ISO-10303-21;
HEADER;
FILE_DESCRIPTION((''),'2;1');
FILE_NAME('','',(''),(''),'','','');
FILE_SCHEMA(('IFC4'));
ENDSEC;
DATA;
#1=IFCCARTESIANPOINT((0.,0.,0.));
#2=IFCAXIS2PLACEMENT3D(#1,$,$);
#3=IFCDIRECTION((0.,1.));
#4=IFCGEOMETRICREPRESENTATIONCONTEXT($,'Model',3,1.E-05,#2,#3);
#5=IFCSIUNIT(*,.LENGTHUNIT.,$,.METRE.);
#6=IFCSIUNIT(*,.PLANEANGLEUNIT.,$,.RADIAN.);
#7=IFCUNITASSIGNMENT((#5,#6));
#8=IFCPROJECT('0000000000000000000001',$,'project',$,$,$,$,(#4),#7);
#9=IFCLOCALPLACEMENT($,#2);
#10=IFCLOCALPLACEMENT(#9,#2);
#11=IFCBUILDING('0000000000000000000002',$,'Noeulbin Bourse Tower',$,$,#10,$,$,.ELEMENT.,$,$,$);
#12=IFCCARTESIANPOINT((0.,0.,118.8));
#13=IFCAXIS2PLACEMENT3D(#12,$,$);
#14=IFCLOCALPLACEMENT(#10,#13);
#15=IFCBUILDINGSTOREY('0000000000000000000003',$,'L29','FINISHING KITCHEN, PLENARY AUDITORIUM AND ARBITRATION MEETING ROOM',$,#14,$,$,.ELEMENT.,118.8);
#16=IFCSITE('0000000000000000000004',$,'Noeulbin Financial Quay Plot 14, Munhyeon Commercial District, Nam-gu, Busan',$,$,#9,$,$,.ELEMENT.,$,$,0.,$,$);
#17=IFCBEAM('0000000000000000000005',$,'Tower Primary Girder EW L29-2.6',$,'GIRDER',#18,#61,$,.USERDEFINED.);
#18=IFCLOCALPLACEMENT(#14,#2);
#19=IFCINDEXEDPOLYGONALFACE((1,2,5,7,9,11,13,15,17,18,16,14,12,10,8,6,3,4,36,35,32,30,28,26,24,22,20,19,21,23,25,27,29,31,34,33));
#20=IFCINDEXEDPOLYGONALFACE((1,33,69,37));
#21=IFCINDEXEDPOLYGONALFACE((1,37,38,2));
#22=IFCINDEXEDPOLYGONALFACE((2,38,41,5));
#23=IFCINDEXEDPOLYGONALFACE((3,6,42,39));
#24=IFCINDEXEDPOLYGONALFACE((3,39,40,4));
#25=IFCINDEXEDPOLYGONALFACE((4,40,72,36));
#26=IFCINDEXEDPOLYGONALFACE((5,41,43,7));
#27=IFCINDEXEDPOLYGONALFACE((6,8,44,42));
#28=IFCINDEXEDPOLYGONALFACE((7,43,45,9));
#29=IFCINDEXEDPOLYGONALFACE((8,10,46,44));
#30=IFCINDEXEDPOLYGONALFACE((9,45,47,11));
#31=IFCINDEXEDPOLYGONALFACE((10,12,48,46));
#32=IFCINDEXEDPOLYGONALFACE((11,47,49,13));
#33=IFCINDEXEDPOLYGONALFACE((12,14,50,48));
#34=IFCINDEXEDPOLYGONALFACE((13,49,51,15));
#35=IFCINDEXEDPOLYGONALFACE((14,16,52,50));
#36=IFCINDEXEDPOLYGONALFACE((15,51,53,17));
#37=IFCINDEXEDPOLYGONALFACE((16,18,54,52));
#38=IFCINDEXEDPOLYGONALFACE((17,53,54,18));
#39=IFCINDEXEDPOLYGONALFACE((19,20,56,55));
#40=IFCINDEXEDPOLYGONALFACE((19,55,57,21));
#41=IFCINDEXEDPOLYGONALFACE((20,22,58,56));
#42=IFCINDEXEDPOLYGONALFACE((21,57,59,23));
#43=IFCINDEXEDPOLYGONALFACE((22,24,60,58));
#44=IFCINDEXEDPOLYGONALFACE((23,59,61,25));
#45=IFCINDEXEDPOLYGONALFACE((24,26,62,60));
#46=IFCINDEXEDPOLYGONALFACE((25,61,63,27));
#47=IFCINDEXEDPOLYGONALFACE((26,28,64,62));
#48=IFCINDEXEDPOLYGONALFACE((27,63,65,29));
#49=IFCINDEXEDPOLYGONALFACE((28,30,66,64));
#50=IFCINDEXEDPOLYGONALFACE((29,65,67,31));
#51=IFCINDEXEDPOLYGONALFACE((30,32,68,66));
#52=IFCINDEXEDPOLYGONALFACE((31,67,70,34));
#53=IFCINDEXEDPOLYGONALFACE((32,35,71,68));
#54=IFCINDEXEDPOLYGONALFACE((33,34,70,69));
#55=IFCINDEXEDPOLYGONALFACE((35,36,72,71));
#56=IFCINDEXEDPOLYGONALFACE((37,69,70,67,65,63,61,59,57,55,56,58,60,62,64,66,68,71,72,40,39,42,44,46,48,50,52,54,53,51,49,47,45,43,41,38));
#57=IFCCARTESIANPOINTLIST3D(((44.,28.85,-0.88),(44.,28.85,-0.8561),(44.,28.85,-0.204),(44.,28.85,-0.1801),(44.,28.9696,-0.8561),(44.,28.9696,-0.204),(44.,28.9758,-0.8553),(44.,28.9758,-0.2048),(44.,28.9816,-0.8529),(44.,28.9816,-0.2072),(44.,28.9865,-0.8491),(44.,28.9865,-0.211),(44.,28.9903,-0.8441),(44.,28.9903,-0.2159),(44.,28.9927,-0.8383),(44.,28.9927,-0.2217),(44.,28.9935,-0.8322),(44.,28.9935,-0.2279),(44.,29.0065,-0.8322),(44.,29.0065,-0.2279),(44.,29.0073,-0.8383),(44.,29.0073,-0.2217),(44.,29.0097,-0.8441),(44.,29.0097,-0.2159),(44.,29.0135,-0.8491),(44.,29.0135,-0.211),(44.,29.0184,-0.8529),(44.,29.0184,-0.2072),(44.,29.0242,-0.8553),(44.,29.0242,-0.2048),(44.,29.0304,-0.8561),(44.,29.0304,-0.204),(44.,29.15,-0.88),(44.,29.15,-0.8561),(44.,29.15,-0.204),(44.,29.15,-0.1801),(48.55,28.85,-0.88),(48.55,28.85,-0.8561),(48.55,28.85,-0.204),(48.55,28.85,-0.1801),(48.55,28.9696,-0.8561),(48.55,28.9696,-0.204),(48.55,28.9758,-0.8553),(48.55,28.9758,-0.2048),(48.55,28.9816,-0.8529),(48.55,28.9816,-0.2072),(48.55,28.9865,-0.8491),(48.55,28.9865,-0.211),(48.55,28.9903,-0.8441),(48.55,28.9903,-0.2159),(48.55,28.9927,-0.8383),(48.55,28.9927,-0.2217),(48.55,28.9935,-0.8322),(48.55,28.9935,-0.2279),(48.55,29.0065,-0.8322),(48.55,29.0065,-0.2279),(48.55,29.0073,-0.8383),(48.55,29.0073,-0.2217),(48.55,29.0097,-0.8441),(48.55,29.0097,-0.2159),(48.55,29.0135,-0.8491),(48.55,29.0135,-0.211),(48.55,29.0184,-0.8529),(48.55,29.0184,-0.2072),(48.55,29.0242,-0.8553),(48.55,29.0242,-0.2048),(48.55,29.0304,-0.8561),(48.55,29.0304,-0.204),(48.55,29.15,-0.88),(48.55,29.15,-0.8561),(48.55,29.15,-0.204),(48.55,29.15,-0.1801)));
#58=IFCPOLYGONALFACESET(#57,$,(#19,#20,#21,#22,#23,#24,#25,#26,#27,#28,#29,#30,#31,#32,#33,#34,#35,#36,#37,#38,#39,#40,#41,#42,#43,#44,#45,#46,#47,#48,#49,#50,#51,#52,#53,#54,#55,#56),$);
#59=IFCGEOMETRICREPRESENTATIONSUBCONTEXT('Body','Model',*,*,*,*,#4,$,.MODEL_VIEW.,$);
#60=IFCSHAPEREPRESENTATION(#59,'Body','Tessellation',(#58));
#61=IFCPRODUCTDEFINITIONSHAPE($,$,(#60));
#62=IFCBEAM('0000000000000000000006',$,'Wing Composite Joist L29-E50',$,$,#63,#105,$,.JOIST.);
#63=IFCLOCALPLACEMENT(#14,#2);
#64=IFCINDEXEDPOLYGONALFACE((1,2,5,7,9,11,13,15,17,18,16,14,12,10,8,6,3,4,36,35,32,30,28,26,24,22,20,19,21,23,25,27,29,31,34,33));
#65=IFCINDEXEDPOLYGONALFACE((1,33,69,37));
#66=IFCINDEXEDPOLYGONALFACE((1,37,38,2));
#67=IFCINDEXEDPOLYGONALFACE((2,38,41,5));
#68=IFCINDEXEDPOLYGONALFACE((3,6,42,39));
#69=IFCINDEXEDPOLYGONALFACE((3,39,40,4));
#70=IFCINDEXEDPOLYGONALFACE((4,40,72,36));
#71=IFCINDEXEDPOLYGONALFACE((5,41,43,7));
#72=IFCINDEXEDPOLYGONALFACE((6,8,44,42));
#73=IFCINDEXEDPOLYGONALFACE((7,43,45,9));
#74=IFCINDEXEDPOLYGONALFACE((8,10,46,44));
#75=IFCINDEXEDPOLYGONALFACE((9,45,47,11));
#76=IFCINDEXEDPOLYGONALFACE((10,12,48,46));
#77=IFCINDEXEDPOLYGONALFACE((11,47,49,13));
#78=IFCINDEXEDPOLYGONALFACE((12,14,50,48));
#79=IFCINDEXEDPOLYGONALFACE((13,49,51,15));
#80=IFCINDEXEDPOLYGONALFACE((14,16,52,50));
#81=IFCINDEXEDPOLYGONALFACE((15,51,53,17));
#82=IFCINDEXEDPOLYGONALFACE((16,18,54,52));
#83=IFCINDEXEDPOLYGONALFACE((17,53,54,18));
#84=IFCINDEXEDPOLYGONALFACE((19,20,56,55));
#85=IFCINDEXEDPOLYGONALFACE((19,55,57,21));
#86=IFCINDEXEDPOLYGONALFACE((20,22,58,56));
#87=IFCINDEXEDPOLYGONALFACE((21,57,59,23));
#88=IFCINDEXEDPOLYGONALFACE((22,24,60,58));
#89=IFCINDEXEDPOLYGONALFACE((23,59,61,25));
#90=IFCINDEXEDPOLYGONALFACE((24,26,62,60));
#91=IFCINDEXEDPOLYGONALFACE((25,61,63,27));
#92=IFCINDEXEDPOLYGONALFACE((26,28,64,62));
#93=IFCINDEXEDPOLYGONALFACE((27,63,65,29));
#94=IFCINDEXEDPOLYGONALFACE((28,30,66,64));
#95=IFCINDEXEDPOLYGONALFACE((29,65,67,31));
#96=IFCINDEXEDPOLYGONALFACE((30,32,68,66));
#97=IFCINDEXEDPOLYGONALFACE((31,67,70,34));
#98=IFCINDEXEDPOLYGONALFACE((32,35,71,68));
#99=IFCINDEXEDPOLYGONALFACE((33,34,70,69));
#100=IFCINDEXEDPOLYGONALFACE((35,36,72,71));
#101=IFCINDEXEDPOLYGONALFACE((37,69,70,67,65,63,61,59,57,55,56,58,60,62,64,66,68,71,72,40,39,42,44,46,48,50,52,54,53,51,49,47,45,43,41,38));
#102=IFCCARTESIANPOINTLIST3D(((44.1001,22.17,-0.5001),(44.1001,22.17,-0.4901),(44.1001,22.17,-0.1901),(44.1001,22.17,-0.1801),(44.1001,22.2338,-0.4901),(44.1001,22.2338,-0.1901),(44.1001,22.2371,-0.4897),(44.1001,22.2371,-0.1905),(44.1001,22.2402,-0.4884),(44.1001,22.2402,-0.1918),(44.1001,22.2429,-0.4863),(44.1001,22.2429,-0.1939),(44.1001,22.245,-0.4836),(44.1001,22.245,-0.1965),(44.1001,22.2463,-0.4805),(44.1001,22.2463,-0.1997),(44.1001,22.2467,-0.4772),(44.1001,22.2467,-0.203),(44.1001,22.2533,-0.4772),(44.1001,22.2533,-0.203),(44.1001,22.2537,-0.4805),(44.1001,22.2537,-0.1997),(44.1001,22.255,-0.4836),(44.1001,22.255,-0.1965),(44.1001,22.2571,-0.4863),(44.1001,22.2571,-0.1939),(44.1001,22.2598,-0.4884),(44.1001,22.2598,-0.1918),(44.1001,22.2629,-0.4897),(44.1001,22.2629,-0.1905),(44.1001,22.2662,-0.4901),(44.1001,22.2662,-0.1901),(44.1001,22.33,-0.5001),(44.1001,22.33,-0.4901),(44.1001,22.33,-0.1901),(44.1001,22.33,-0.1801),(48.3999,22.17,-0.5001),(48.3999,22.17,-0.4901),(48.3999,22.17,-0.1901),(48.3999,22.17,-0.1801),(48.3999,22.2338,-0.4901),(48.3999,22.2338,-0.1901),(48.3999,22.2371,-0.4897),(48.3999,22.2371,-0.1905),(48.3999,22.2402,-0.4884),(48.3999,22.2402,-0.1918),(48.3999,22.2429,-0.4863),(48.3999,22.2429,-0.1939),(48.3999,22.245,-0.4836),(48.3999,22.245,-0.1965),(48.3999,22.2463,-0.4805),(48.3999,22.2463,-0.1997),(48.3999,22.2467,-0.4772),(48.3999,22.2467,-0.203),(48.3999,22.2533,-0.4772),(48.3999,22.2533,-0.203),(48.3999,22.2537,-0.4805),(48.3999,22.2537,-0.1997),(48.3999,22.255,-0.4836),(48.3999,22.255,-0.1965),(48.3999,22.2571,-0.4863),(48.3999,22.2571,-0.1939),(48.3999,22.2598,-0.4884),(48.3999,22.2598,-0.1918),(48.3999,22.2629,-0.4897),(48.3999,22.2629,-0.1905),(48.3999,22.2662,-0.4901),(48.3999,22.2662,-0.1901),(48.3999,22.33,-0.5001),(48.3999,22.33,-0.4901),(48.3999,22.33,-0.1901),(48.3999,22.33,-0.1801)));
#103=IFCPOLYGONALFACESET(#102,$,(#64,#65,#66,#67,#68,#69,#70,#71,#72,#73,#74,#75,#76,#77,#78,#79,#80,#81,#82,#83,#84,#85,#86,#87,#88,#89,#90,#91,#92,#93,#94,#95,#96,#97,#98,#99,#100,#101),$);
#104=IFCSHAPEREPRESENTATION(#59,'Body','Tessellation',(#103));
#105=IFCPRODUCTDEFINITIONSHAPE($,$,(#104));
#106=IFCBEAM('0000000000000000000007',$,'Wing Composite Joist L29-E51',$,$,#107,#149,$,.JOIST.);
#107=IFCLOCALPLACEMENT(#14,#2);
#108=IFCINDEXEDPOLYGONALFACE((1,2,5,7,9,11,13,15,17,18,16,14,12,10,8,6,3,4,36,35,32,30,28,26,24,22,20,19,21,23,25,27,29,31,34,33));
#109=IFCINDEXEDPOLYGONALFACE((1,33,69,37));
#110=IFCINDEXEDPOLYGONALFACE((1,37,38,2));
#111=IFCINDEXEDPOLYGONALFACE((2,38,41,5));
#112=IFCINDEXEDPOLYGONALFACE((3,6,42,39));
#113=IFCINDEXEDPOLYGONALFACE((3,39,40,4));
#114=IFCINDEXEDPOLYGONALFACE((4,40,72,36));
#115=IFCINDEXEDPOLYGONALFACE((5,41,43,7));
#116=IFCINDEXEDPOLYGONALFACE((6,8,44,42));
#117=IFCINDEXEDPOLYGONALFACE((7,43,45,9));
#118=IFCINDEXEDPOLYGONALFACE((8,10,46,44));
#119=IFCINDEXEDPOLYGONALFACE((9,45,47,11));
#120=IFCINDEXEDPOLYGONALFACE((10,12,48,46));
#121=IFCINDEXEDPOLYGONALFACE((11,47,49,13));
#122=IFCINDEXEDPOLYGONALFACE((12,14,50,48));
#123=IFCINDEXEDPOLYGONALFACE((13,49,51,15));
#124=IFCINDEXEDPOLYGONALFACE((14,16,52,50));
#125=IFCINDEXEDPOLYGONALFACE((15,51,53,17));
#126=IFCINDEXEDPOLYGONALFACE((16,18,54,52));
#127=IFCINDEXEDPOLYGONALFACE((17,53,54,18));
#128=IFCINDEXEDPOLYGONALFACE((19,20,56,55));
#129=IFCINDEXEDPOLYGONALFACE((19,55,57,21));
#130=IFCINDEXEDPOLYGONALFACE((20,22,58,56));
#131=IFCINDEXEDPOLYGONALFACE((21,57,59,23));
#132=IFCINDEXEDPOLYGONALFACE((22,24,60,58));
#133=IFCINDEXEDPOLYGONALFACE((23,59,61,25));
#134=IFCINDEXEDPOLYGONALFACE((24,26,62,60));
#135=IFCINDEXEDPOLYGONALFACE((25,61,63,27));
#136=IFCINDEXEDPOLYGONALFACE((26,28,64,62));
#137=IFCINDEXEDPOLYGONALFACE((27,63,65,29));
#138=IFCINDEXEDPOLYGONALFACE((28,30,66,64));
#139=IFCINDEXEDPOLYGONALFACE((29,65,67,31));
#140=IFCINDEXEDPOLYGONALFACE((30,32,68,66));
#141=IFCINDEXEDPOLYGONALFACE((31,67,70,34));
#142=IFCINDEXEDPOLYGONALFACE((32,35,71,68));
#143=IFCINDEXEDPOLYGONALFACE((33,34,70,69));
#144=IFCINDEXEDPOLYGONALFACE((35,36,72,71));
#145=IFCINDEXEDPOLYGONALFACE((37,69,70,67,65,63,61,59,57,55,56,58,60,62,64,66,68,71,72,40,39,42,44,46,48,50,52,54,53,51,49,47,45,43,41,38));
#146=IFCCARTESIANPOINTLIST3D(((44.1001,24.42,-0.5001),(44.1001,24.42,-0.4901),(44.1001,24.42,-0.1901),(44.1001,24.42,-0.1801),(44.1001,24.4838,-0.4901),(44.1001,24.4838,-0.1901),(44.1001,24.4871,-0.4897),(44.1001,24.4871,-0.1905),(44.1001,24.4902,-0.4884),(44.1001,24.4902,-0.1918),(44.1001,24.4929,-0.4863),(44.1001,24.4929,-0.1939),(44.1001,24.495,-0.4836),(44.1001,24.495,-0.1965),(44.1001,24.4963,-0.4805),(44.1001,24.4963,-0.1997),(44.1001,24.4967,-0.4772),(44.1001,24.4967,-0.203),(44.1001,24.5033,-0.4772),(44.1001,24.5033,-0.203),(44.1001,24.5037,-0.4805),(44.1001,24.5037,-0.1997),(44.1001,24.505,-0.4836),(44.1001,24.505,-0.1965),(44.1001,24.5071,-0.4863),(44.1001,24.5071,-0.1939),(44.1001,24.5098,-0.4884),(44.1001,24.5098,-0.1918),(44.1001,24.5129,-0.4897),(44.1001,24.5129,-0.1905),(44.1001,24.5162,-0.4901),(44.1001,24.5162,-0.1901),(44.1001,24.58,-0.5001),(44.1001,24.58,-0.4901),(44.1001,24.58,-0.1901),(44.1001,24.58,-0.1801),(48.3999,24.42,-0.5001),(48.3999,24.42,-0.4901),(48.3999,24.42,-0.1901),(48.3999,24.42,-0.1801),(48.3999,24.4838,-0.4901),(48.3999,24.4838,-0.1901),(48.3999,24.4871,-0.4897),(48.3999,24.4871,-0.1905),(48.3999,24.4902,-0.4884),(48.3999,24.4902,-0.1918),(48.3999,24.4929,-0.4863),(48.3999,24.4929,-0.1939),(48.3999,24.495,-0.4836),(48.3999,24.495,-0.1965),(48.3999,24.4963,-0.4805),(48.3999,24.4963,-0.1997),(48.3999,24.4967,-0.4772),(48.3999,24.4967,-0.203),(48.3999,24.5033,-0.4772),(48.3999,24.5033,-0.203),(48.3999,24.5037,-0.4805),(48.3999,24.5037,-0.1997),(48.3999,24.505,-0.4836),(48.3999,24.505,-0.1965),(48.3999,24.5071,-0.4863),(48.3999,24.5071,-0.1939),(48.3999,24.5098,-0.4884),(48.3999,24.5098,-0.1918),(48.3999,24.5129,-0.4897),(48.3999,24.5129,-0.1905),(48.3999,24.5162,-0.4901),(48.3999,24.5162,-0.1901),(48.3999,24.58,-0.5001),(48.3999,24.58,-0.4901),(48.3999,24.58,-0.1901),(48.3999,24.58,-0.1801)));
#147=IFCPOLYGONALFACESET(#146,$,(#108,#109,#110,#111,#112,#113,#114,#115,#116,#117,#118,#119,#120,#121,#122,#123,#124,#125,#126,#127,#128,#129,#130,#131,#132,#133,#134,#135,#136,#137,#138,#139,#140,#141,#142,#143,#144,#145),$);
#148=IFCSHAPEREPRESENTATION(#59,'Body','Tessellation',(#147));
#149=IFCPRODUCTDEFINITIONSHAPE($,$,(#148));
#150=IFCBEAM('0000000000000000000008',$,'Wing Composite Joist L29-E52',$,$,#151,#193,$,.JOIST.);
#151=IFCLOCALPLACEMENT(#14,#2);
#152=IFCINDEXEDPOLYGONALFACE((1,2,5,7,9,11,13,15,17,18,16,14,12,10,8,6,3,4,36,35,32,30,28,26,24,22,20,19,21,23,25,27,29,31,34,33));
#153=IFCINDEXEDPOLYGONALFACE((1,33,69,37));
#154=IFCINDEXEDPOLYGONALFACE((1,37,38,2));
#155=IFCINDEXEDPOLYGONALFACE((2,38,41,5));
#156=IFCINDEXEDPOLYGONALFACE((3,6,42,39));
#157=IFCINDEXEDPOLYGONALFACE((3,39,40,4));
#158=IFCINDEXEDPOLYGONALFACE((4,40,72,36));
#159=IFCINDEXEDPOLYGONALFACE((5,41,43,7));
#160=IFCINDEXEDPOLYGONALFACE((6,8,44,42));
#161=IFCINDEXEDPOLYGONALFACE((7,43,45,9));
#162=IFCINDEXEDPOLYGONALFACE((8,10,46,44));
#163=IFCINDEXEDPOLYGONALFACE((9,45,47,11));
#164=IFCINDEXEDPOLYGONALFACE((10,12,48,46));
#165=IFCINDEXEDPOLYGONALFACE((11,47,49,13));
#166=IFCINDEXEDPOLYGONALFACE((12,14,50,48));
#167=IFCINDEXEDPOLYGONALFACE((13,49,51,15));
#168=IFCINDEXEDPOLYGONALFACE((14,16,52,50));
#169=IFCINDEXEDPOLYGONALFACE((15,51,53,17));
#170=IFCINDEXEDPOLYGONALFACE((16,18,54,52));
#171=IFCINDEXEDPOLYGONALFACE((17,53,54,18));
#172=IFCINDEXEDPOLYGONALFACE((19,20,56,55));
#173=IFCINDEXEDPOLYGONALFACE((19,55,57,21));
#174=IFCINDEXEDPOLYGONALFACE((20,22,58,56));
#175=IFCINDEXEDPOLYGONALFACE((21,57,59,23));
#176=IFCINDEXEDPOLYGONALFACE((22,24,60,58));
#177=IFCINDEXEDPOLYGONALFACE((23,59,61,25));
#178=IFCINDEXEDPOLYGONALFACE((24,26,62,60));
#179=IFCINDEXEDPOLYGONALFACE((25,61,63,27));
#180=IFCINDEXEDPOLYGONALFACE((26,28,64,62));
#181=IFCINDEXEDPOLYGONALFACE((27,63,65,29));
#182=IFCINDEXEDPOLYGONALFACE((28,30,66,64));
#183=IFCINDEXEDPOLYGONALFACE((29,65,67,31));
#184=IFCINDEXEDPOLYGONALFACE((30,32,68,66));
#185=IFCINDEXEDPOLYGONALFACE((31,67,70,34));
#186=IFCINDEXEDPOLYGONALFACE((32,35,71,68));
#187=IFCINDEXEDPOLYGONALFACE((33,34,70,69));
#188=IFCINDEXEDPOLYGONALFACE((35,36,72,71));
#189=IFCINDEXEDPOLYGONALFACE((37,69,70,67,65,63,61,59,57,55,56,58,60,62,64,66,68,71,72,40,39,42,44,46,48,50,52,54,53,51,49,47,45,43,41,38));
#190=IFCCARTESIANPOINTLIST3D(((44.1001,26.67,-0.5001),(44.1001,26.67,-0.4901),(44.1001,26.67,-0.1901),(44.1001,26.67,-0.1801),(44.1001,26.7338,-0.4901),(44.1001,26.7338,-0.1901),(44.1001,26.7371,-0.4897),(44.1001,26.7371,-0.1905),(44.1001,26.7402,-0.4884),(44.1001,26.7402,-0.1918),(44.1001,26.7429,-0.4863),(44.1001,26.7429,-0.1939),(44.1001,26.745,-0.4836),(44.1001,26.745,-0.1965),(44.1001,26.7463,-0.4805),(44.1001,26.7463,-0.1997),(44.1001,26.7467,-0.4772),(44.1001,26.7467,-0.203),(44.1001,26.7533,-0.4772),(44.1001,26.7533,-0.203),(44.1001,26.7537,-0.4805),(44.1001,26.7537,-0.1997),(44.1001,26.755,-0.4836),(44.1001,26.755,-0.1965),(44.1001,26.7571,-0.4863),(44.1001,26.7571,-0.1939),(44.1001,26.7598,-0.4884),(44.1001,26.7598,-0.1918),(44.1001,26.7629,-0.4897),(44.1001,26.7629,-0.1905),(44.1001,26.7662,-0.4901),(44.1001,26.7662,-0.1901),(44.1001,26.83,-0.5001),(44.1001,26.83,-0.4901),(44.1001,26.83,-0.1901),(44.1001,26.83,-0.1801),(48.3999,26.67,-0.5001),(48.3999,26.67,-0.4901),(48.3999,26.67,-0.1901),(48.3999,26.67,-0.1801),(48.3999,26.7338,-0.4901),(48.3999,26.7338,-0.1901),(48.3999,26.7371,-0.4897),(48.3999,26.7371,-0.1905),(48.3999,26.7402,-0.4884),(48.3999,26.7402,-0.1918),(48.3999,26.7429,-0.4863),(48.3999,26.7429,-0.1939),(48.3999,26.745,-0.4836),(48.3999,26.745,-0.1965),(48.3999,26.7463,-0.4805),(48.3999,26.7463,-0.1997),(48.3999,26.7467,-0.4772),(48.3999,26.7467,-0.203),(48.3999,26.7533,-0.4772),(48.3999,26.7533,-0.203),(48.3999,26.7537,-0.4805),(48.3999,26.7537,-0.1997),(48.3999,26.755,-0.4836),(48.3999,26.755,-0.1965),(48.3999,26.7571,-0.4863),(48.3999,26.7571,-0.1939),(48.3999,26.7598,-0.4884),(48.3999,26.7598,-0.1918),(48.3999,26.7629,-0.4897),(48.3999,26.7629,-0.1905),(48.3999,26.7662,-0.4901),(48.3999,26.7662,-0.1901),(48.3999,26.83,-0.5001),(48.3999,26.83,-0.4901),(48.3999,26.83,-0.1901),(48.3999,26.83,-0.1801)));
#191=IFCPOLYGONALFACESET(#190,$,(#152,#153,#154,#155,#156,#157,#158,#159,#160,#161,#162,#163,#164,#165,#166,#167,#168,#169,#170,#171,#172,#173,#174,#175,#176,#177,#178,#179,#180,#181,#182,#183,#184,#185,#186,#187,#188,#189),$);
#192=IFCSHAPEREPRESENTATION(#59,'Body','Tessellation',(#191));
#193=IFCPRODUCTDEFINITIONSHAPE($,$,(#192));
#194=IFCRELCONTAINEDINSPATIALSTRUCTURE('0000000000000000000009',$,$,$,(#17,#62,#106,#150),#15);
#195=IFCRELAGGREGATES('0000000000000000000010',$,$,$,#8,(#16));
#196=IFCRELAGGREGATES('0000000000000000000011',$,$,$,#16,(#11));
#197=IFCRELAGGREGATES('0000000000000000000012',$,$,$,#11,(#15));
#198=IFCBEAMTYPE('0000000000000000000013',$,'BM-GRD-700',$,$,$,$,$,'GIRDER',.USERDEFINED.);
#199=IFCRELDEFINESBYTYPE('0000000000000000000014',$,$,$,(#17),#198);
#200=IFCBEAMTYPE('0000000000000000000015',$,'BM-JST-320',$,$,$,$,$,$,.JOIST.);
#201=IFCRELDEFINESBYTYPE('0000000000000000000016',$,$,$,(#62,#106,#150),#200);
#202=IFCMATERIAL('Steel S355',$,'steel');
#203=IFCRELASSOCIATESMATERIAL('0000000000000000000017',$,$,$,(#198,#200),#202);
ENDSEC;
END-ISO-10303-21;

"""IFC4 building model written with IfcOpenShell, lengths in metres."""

from ifc_helpers import new_model, si_unit, direction, frame, origin, origin_2d, place, context, subcontext, project, spatial, i_section, extrude, material, material_profile, profile_set, type_object, element, save


model = new_model("IFC4")

# Units and contexts
model_context = context("Model", 3, precision=1e-05, world=origin(), true_north=direction((0.0, 1.0)))
body_context = subcontext(model_context, "Body", "Model", "MODEL_VIEW")
ifc_project = project(units=[si_unit("LENGTHUNIT", "METRE"), si_unit("PLANEANGLEUNIT", "RADIAN")], contexts=[model_context])

# Site, building, storey
site_placement = place(None, origin())
site = spatial("IfcSite", under=ifc_project, at=site_placement, Name="Noeulbin Financial Quay Plot 14, Munhyeon Commercial District, Nam-gu, Busan", CompositionType="ELEMENT", RefElevation=0.0)
building_placement = place(site_placement, origin())
building = spatial("IfcBuilding", under=site, at=building_placement, Name="Noeulbin Bourse Tower", CompositionType="ELEMENT")
storey_placement = place(building_placement, frame((0.0, 0.0, 118.8)))
storey = spatial("IfcBuildingStorey", under=building, at=storey_placement, Name="L29", Description="FINISHING KITCHEN, PLENARY AUDITORIUM AND ARBITRATION MEETING ROOM", CompositionType="ELEMENT", Elevation=118.8)

# Shared definitions
ifc_material_1 = material(Name="Steel S355", Category="steel")

# Beams
ifc_material_profile_1 = material_profile(ifc_material_1, i_section(OverallWidth=0.3, OverallDepth=0.7, WebThickness=0.0129, FlangeThickness=0.0239, FilletRadius=0.0239, at=origin_2d()), Name="H-700x300x13x24", Category="LoadBearing")
ifc_profile_set_1 = profile_set([ifc_material_profile_1], Name="Steel S355")
beam_type_1 = type_object("IfcBeamType", Name="BM-GRD-700", ElementType="GIRDER", PredefinedType="USERDEFINED", material=ifc_profile_set_1)
beam_1_placement = place(storey_placement, frame((44.0, 29.0, -0.53), z_axis=(1.0, 0.0, 0.0), x_axis=(0.0, 1.0, 0.0)))
element("IfcBeam", 1, at=beam_1_placement, inside=storey, type_object=beam_type_1, Name="Tower Primary Girder EW L29-2.6", ObjectType="GIRDER", PredefinedType="USERDEFINED", context=body_context, shape_type="SweptSolid", body=[
    extrude(i_section(OverallWidth=0.3, OverallDepth=0.7, WebThickness=0.0129, FlangeThickness=0.0239, FilletRadius=0.0239, at=origin_2d()), origin(), (0.0, 0.0, 1.0), 4.55),
])
ifc_material_profile_2 = material_profile(ifc_material_1, i_section(OverallWidth=0.1599, OverallDepth=0.3201, WebThickness=0.0066, FlangeThickness=0.01, FilletRadius=0.0129, at=origin_2d()), Name="H-320x160x6.5x10", Category="LoadBearing")
ifc_profile_set_2 = profile_set([ifc_material_profile_2], Name="Steel S355")
beam_type_2 = type_object("IfcBeamType", Name="BM-JST-320", PredefinedType="JOIST", material=ifc_profile_set_2)
for number, where, z_axis, x_axis, name in (
    (2, (44.1001, 22.25, -0.3401), (1.0, 0.0, 0.0), (0.0, 1.0, 0.0), "Wing Composite Joist L29-E50"),
    (3, (44.1001, 24.5, -0.3401), (1.0, 0.0, 0.0), (0.0, 1.0, 0.0), "Wing Composite Joist L29-E51"),
    (4, (44.1001, 26.75, -0.3401), (1.0, 0.0, 0.0), (0.0, 1.0, 0.0), "Wing Composite Joist L29-E52"),
):
    element("IfcBeam", number, at=place(storey_placement, frame(where, z_axis=z_axis, x_axis=x_axis)), inside=storey, type_object=beam_type_2, Name=name, PredefinedType="JOIST", context=body_context, shape_type="SweptSolid", body=[
        extrude(i_section(OverallWidth=0.1599, OverallDepth=0.3201, WebThickness=0.0066, FlangeThickness=0.01, FilletRadius=0.0129, at=origin_2d()), origin(), (0.0, 0.0, 1.0), 4.2998),
    ])

save(model, "model.ifc")
